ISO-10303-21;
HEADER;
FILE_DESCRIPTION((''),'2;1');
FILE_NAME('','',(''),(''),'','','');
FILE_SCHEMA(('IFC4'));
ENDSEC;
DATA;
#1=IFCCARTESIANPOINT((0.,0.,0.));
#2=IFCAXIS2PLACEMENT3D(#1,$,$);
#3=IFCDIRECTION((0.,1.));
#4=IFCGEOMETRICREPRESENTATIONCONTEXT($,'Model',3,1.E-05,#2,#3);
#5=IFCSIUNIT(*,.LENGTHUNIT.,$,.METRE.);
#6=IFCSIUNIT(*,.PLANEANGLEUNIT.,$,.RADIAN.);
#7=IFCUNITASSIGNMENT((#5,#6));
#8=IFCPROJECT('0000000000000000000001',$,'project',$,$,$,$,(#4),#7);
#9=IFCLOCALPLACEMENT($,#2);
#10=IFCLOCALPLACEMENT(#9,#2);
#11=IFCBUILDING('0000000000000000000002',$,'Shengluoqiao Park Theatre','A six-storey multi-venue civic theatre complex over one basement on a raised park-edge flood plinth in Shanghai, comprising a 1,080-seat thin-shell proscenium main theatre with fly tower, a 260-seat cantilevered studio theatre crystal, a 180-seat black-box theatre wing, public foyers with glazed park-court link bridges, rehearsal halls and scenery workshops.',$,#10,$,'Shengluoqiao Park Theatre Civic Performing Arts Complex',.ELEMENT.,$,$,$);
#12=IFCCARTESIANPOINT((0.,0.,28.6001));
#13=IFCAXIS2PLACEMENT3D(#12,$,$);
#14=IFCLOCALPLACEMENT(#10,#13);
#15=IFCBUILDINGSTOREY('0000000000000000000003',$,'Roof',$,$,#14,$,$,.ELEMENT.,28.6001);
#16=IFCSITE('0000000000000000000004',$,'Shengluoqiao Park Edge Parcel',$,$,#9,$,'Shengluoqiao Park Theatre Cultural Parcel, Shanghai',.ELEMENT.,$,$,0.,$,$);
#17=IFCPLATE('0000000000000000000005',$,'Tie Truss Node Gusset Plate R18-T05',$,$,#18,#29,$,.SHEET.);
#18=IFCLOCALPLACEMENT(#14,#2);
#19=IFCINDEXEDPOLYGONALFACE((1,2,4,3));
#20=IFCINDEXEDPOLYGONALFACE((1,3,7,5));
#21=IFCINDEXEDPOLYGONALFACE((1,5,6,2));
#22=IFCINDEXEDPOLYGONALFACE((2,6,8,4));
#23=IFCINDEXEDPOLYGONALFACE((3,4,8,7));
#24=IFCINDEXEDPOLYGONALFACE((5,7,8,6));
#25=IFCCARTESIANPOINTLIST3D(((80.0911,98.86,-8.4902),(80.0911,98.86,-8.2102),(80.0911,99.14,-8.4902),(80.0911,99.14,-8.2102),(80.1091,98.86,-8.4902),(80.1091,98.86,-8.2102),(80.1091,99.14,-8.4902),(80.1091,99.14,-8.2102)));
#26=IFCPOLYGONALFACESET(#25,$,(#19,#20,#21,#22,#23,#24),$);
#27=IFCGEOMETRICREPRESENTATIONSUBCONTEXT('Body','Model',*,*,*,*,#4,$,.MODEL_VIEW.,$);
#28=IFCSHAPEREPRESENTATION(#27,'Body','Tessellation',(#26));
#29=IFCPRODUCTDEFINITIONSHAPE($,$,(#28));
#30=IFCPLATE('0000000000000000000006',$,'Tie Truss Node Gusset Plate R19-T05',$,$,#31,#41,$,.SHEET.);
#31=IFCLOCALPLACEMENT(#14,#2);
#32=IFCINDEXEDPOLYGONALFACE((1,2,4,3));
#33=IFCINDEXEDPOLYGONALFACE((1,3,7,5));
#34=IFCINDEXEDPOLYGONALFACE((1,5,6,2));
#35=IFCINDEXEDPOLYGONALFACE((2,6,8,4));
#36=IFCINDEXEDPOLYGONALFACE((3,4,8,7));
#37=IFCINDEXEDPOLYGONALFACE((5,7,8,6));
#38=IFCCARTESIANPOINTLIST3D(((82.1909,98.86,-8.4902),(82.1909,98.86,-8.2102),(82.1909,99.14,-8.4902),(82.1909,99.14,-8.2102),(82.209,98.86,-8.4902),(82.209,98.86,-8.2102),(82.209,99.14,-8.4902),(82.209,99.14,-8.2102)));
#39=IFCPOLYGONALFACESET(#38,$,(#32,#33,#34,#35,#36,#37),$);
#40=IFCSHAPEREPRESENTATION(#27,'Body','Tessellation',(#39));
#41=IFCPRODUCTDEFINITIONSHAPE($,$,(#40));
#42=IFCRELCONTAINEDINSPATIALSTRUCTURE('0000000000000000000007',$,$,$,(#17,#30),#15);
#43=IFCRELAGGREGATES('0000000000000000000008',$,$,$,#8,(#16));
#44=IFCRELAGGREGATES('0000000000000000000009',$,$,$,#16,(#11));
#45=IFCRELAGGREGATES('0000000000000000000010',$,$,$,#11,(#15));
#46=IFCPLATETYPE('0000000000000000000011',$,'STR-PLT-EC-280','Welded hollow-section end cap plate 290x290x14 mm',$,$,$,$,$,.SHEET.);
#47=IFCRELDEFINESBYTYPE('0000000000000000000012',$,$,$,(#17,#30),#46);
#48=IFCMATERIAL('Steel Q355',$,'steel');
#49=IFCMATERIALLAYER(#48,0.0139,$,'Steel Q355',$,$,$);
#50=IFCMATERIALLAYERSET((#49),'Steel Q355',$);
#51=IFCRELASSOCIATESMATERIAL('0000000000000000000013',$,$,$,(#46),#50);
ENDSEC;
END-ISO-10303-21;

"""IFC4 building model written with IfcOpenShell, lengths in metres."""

from ifc_helpers import new_model, si_unit, direction, frame, origin, origin_2d, place, context, subcontext, project, spatial, rectangle, extrude, material, layer, layer_set, type_object, element, save


model = new_model("IFC4")

# Units and contexts
model_context = context("Model", 3, precision=1e-05, world=origin(), true_north=direction((0.0, 1.0)))
body_context = subcontext(model_context, "Body", "Model", "MODEL_VIEW")
ifc_project = project(units=[si_unit("LENGTHUNIT", "METRE"), si_unit("PLANEANGLEUNIT", "RADIAN")], contexts=[model_context])

# Site, building, storey
site_placement = place(None, origin())
site = spatial("IfcSite", under=ifc_project, at=site_placement, Name="Shengluoqiao Park Edge Parcel", LongName="Shengluoqiao Park Theatre Cultural Parcel, Shanghai", CompositionType="ELEMENT", RefElevation=0.0)
building_placement = place(site_placement, origin())
building = spatial("IfcBuilding", under=site, at=building_placement, Name="Shengluoqiao Park Theatre", Description="A six-storey multi-venue civic theatre complex over one basement on a raised park-edge flood plinth in Shanghai, comprising a 1,080-seat thin-shell proscenium main theatre with fly tower, a 260-seat cantilevered studio theatre crystal, a 180-seat black-box theatre wing, public foyers with glazed park-court link bridges, rehearsal halls and scenery workshops.", LongName="Shengluoqiao Park Theatre Civic Performing Arts Complex", CompositionType="ELEMENT")
storey_placement = place(building_placement, frame((0.0, 0.0, 28.6001)))
storey = spatial("IfcBuildingStorey", under=building, at=storey_placement, Name="Roof", CompositionType="ELEMENT", Elevation=28.6001)

# Shared definitions
ifc_material_1 = material(Name="Steel Q355", Category="steel")

# Plates
ifc_layer = layer(ifc_material_1, 0.0139, Name="Steel Q355")
ifc_layer_set = layer_set([ifc_layer], Name="Steel Q355")
plate_type = type_object("IfcPlateType", Name="STR-PLT-EC-280", Description="Welded hollow-section end cap plate 290x290x14 mm", PredefinedType="SHEET", material=ifc_layer_set)
for number, where, z_axis, x_axis, name in (
    (1, (80.1001, 99.0, -8.4902), (0.0, 0.0, 1.0), (1.0, 0.0, 0.0), "Tie Truss Node Gusset Plate R18-T05"),
    (2, (82.2, 99.0, -8.4902), (0.0, 0.0, 1.0), (1.0, 0.0, 0.0), "Tie Truss Node Gusset Plate R19-T05"),
):
    element("IfcPlate", number, at=place(storey_placement, frame(where, z_axis=z_axis, x_axis=x_axis)), inside=storey, type_object=plate_type, Name=name, PredefinedType="SHEET", context=body_context, shape_type="SweptSolid", body=[
        extrude(rectangle(XDim=0.0181, YDim=0.28, at=origin_2d()), origin(), (0.0, 0.0, 1.0), 0.28),
    ])

save(model, "model.ifc")
